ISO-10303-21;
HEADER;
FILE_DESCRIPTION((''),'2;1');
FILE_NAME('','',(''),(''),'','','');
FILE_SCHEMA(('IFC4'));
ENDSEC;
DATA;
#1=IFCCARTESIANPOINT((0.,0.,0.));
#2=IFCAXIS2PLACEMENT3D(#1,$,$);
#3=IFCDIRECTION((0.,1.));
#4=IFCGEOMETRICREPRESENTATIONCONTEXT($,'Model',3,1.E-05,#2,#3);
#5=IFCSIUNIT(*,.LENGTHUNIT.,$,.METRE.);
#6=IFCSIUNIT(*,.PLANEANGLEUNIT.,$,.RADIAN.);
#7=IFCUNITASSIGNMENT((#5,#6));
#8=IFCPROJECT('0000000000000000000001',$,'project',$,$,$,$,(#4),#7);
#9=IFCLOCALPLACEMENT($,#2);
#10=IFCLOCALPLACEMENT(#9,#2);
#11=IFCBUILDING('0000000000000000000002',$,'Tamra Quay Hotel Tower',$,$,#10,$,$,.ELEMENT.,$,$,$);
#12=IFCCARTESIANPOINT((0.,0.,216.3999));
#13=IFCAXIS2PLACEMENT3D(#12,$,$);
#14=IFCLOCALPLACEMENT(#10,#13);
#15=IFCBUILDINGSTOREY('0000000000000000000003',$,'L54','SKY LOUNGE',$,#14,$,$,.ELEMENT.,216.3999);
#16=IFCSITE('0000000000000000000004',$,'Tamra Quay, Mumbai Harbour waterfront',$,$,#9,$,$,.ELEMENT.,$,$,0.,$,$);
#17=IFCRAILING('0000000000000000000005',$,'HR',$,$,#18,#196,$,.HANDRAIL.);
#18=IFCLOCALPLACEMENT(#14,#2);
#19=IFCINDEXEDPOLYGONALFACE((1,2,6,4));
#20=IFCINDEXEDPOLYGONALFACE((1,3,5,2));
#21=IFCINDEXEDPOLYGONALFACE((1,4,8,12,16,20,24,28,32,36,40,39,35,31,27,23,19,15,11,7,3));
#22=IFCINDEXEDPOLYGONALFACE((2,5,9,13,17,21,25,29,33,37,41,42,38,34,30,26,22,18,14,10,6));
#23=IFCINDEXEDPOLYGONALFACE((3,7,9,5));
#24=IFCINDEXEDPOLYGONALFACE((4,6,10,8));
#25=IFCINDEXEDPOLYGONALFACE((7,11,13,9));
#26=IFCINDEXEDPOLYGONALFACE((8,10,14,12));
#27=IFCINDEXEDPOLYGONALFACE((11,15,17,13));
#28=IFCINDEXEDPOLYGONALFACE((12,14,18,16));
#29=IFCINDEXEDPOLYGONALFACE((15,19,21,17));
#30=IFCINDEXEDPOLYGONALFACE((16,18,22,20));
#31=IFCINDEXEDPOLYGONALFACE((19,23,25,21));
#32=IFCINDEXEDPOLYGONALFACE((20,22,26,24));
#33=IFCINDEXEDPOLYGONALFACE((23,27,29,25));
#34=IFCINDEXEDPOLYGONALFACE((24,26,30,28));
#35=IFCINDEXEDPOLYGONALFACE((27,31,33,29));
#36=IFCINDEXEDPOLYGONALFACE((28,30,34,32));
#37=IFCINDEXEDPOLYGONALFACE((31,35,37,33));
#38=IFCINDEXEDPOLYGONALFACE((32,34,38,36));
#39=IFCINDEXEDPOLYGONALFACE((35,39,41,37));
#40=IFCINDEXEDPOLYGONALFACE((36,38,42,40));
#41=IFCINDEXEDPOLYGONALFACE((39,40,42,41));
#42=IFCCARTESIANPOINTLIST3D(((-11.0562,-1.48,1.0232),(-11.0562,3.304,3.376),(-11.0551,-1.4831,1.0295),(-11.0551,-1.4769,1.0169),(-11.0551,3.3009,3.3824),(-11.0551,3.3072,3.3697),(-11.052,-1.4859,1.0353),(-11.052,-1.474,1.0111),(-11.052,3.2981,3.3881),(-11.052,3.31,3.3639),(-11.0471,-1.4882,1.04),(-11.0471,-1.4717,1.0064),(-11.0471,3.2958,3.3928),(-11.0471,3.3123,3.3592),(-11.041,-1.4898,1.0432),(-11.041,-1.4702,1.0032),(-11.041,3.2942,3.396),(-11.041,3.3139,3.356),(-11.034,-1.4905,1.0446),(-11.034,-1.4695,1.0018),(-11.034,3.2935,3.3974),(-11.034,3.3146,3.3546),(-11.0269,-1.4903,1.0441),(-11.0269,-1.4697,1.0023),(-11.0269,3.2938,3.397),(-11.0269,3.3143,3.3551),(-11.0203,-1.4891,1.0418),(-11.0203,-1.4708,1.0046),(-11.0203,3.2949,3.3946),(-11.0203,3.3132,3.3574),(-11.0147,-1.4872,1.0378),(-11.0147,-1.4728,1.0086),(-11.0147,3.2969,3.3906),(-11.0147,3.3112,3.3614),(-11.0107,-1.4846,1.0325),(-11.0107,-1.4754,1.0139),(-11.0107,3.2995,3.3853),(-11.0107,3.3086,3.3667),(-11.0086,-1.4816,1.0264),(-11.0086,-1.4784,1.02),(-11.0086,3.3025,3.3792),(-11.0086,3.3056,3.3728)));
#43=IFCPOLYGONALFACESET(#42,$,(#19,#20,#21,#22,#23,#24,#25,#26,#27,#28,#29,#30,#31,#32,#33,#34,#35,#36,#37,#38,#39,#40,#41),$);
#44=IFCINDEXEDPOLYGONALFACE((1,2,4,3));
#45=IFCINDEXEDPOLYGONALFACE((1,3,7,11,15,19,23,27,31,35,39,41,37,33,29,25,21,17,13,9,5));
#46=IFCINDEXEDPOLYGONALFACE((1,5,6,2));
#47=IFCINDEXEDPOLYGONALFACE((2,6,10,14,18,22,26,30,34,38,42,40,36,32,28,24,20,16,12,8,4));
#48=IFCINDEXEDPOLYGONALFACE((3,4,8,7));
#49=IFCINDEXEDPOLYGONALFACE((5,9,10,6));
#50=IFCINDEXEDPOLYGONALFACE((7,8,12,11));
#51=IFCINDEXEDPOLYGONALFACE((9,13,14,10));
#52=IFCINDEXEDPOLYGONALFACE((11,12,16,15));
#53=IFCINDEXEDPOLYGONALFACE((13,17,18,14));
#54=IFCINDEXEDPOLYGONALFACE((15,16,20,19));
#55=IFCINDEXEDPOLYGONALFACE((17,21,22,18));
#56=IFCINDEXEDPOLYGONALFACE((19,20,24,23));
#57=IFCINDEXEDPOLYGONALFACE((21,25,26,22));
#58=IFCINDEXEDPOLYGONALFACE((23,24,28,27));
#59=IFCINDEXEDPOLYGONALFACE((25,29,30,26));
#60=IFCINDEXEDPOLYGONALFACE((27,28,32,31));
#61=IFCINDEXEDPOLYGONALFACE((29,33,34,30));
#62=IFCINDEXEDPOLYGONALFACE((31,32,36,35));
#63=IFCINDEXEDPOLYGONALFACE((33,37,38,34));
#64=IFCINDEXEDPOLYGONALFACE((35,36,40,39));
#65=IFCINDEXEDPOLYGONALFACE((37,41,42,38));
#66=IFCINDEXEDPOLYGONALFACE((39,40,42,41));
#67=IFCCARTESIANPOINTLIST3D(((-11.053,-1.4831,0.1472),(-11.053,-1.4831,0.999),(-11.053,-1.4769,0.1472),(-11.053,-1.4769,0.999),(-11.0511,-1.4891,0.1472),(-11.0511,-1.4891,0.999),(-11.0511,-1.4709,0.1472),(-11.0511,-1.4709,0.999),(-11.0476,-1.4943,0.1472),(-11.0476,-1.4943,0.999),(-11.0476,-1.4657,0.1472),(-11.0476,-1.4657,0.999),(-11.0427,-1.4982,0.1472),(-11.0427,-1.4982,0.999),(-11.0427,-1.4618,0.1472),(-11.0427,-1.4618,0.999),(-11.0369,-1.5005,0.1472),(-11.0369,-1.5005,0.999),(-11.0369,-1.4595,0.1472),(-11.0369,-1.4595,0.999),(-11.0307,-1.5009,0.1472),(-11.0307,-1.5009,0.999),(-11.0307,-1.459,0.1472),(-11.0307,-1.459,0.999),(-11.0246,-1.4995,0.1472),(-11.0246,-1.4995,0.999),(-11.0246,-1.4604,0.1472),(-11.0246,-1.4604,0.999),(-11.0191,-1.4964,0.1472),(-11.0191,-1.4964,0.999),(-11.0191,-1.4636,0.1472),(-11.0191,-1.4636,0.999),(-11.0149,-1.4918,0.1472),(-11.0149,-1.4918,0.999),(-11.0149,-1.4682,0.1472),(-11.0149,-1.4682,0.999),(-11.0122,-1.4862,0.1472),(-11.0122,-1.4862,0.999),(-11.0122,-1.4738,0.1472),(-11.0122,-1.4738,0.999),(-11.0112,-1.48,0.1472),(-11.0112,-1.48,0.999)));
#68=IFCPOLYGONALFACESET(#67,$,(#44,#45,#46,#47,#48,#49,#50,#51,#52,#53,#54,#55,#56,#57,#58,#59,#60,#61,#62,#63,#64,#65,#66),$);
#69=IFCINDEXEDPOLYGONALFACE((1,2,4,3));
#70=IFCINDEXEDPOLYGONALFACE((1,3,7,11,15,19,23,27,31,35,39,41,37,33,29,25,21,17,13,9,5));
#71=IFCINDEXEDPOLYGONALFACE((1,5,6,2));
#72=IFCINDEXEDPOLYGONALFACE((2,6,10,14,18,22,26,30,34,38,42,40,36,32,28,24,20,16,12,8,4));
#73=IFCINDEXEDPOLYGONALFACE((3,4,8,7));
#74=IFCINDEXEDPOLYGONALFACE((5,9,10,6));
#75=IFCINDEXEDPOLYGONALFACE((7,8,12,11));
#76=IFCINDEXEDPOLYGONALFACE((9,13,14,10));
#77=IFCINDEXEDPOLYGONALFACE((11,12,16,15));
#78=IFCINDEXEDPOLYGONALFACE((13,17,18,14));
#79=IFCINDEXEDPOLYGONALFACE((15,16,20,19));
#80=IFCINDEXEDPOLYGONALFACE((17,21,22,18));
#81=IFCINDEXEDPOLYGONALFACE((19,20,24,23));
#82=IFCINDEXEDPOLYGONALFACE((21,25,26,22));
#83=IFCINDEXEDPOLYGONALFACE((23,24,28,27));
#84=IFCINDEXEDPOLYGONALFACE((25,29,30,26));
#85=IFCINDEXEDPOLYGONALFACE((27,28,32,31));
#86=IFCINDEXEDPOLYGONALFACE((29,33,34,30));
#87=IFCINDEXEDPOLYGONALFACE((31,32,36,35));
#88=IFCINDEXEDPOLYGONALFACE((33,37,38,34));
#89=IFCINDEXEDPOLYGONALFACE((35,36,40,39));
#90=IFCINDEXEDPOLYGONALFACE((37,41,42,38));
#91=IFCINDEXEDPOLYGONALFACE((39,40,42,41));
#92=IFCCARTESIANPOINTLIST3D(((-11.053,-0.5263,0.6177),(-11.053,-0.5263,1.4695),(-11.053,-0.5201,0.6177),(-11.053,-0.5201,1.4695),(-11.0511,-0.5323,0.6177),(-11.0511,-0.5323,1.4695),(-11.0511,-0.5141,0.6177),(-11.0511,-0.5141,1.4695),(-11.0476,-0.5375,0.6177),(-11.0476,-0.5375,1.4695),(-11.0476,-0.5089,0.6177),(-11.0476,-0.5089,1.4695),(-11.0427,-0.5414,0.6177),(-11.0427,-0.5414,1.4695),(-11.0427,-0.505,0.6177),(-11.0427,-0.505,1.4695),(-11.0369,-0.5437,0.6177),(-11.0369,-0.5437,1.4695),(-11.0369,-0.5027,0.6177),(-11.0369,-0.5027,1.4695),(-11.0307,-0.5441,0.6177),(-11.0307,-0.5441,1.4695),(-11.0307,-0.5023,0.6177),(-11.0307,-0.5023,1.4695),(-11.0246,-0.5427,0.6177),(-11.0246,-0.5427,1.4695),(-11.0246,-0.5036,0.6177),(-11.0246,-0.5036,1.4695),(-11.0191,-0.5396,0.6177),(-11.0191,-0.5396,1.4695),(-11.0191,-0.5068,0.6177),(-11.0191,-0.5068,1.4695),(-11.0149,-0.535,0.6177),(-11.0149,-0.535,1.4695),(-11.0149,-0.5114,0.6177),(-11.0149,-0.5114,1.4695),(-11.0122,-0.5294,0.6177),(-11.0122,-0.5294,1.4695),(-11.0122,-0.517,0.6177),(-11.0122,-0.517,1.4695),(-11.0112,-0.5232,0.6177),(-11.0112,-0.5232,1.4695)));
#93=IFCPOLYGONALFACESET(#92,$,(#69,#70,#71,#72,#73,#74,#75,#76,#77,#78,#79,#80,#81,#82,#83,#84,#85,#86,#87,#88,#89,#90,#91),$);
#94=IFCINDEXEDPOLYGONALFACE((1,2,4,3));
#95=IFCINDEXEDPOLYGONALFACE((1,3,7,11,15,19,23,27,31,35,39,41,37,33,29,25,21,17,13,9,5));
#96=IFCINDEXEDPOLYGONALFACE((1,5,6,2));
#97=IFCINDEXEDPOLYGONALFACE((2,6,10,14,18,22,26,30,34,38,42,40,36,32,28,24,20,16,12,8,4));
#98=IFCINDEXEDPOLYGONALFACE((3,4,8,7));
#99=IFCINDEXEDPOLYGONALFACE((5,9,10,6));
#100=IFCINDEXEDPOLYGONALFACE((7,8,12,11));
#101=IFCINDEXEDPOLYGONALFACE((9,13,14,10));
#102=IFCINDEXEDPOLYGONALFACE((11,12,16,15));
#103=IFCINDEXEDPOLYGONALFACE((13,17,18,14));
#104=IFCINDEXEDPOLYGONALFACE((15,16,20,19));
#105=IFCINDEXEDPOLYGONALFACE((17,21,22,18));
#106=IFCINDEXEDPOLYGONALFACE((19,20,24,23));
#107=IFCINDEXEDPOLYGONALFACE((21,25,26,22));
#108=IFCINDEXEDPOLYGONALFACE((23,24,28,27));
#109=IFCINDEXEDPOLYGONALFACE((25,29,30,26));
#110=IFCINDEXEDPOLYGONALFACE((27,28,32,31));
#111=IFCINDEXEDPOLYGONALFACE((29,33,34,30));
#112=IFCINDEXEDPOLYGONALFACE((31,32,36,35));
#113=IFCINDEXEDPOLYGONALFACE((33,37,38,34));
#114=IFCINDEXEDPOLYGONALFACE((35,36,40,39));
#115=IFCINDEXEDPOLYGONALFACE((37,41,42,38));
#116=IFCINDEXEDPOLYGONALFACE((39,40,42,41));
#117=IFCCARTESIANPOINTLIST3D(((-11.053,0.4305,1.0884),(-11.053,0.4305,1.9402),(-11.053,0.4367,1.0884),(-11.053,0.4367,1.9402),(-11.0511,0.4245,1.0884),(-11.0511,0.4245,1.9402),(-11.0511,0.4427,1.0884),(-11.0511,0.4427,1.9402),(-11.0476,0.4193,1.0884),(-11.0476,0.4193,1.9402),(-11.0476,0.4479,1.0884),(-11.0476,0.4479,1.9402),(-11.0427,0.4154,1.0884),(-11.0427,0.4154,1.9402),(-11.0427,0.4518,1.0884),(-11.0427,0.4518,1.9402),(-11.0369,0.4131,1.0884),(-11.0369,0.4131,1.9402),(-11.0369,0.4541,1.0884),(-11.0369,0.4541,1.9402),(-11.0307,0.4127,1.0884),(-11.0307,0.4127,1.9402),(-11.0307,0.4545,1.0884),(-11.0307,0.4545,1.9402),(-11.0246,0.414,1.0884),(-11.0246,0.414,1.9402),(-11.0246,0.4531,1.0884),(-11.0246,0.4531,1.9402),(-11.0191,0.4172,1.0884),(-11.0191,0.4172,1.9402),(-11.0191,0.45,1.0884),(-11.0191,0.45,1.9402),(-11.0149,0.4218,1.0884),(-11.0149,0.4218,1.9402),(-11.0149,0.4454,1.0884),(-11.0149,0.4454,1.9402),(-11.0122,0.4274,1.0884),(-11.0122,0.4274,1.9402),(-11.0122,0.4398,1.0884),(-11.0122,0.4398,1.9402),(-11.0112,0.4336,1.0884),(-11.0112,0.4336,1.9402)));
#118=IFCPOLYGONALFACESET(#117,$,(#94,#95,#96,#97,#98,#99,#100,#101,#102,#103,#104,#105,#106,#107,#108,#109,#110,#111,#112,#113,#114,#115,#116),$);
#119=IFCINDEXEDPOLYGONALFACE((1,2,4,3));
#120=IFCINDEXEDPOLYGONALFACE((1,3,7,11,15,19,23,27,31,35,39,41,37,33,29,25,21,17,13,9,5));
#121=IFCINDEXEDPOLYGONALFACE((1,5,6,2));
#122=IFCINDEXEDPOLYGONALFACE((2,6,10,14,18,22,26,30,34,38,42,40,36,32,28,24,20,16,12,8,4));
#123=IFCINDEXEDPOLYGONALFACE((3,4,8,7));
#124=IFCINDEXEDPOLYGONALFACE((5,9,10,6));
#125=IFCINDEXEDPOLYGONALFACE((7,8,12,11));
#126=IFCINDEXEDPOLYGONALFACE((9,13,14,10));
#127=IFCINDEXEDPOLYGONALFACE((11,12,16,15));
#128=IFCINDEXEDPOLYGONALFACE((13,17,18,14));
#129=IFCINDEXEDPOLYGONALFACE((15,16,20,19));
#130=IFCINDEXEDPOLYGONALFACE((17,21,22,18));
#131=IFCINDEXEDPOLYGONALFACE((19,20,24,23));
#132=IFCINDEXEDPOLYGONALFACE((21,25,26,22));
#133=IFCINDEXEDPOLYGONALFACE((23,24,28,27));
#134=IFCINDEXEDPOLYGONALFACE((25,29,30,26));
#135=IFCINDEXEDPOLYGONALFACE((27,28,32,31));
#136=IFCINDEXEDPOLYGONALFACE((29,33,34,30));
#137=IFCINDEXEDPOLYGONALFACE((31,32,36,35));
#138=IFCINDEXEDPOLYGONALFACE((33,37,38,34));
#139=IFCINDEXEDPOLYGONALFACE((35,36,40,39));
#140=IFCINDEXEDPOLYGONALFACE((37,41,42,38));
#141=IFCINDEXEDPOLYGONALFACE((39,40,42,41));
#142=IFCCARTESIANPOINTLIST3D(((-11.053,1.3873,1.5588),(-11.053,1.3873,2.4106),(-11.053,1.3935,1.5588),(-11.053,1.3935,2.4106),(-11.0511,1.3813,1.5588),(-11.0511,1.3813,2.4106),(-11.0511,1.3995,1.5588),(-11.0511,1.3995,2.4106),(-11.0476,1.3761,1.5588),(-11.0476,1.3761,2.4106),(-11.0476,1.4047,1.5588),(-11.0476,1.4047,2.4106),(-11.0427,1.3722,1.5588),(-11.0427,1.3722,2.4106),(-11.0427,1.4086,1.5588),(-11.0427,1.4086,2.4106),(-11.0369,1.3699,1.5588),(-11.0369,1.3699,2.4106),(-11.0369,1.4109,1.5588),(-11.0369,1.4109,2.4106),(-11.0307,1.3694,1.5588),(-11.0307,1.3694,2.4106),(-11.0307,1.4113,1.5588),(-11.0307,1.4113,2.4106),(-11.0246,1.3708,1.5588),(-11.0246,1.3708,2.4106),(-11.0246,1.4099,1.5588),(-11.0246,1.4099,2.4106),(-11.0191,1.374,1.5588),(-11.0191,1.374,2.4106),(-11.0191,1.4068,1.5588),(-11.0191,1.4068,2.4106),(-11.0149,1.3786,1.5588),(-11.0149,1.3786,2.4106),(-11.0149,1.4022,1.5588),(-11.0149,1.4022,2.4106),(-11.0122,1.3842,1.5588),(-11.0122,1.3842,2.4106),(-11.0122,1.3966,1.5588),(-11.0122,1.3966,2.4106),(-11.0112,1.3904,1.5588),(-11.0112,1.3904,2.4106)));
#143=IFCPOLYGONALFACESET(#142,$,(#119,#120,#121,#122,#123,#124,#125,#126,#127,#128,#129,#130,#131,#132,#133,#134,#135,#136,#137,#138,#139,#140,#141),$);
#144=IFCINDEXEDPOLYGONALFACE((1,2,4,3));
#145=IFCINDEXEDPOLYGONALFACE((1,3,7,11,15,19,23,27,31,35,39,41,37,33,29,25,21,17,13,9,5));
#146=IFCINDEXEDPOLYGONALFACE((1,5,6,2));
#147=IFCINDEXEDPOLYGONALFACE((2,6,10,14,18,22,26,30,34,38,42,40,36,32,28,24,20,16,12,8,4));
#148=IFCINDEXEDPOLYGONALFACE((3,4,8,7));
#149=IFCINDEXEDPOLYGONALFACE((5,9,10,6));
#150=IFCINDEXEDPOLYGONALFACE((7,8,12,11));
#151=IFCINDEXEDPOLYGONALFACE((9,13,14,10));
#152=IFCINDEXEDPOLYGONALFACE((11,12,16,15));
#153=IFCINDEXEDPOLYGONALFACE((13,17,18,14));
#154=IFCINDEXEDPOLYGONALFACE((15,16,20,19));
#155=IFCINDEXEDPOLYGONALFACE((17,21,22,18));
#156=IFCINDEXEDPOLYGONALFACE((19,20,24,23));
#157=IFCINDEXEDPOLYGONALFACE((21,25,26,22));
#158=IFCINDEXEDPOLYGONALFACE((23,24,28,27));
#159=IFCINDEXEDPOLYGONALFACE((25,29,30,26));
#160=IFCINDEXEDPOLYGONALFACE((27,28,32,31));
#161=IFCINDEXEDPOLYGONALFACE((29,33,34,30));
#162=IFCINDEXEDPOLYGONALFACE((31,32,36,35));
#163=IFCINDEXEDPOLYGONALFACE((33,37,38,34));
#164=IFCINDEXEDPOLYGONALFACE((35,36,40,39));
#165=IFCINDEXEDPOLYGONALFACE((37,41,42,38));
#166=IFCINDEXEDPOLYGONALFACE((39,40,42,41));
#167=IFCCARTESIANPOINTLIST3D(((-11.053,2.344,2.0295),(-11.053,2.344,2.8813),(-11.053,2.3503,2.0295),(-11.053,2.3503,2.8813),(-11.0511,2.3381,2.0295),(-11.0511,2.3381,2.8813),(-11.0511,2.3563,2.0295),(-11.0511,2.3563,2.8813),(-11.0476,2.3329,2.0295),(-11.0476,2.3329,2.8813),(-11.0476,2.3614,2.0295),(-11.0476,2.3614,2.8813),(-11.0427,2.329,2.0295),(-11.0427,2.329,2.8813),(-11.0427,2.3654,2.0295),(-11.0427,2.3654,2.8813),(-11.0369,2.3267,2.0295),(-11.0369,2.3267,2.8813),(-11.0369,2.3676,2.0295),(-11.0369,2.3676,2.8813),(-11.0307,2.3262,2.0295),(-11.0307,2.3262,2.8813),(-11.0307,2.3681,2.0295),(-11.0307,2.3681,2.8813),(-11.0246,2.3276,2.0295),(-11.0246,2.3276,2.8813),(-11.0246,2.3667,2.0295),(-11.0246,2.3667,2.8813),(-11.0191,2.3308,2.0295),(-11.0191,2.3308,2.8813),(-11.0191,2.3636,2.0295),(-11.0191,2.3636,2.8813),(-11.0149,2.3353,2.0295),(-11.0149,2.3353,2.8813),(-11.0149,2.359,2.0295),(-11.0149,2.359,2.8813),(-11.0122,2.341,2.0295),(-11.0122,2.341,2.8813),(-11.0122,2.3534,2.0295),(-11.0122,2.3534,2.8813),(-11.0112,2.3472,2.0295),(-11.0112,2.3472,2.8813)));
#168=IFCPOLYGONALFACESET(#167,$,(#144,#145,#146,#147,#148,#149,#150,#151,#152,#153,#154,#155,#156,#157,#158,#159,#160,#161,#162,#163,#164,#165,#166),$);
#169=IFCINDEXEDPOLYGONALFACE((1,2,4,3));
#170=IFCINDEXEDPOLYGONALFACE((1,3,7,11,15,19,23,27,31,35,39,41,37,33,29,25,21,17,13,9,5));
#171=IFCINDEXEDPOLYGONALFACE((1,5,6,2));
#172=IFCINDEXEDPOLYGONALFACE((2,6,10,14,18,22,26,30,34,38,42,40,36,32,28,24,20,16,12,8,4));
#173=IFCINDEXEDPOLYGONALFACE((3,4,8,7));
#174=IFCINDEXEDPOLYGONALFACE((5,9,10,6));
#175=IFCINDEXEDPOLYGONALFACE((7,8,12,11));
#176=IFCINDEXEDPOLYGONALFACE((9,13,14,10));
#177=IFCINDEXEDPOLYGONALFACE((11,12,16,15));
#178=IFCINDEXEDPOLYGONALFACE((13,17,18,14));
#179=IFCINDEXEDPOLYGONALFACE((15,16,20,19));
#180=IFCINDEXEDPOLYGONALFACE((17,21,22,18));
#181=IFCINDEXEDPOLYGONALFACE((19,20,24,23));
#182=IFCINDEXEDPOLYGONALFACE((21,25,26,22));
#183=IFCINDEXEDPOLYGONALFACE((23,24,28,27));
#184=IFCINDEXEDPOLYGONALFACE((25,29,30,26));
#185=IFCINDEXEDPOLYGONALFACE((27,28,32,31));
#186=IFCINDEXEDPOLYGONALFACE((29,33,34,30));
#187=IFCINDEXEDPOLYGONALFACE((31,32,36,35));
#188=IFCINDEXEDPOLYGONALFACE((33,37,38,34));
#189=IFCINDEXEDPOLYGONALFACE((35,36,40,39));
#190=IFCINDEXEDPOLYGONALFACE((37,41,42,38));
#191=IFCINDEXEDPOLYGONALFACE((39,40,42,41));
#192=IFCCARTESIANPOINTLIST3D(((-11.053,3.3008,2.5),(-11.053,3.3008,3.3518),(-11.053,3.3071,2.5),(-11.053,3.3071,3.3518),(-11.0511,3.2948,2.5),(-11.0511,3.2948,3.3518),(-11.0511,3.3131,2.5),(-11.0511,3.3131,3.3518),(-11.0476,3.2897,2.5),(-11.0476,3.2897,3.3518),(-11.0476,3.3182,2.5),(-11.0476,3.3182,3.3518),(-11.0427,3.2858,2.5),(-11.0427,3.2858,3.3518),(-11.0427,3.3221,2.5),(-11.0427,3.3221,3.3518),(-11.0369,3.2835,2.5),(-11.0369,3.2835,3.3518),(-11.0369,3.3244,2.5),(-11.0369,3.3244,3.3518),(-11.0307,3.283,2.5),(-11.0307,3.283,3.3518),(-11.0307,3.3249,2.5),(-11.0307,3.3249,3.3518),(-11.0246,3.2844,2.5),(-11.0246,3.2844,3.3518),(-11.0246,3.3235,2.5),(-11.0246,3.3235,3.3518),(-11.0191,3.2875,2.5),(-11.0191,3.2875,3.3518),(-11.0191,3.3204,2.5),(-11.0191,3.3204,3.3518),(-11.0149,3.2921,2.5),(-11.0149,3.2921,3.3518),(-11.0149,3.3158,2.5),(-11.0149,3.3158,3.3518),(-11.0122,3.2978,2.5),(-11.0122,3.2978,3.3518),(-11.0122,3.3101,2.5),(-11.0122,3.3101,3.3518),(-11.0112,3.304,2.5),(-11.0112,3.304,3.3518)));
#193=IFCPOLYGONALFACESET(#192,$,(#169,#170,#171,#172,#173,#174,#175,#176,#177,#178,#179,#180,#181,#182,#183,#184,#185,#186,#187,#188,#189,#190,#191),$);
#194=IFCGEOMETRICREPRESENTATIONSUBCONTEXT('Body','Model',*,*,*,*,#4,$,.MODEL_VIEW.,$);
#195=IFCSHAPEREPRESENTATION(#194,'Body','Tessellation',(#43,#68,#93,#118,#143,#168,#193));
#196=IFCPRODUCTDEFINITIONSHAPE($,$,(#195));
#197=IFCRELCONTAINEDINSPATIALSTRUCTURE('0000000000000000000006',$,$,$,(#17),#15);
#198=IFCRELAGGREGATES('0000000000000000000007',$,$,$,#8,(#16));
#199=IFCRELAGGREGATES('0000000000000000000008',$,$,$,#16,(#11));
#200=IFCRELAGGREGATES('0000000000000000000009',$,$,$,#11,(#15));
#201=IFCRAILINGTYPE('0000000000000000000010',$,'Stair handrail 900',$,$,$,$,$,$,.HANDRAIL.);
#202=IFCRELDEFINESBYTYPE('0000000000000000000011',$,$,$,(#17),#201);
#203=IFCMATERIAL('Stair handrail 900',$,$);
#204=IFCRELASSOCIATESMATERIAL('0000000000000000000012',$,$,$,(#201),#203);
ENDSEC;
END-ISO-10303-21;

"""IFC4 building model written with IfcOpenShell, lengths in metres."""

from ifc_helpers import new_model, si_unit, direction, frame, origin, origin_2d, place, context, subcontext, project, spatial, circle, extrude, material, type_object, element, save


model = new_model("IFC4")

# Units and contexts
model_context = context("Model", 3, precision=1e-05, world=origin(), true_north=direction((0.0, 1.0)))
body_context = subcontext(model_context, "Body", "Model", "MODEL_VIEW")
ifc_project = project(units=[si_unit("LENGTHUNIT", "METRE"), si_unit("PLANEANGLEUNIT", "RADIAN")], contexts=[model_context])

# Site, building, storey
site_placement = place(None, origin())
site = spatial("IfcSite", under=ifc_project, at=site_placement, Name="Tamra Quay, Mumbai Harbour waterfront", CompositionType="ELEMENT", RefElevation=0.0)
building_placement = place(site_placement, origin())
building = spatial("IfcBuilding", under=site, at=building_placement, Name="Tamra Quay Hotel Tower", CompositionType="ELEMENT")
storey_placement = place(building_placement, frame((0.0, 0.0, 216.3999)))
storey = spatial("IfcBuildingStorey", under=building, at=storey_placement, Name="L54", Description="SKY LOUNGE", CompositionType="ELEMENT", Elevation=216.3999)

# Railing
ifc_material_1 = material(Name="Stair handrail 900")
railing_type_1 = type_object("IfcRailingType", Name="Stair handrail 900", PredefinedType="HANDRAIL", material=ifc_material_1)
railing_1_placement = place(storey_placement, frame((-11.0322, -1.48, 0.1472)))
element("IfcRailing", 1, at=railing_1_placement, inside=storey, type_object=railing_type_1, Name="HR", PredefinedType="HANDRAIL", context=body_context, shape_type="SweptSolid", body=[
    extrude(circle(Radius=0.0239, at=origin_2d()), frame((0.0, 0.0, 0.876), z_axis=(0.0, 0.897348, 0.441324), x_axis=(-1.0, 0.0, 0.0)), (0.0, 0.0, 1.0), 5.3313),
    extrude(circle(Radius=0.021, at=origin_2d()), origin(), (0.0, 0.0, 1.0), 0.8518),
    extrude(circle(Radius=0.021, at=origin_2d()), frame((0.0, 0.9568, 0.4705)), (0.0, 0.0, 1.0), 0.8518),
    extrude(circle(Radius=0.021, at=origin_2d()), frame((0.0, 1.9136, 0.9412)), (0.0, 0.0, 1.0), 0.8518),
    extrude(circle(Radius=0.021, at=origin_2d()), frame((0.0, 2.8704, 1.4116)), (0.0, 0.0, 1.0), 0.8518),
    extrude(circle(Radius=0.021, at=origin_2d()), frame((0.0, 3.8271, 1.8823)), (0.0, 0.0, 1.0), 0.8518),
    extrude(circle(Radius=0.021, at=origin_2d()), frame((0.0, 4.7839, 2.3528)), (0.0, 0.0, 1.0), 0.8518),
])

save(model, "model.ifc")
